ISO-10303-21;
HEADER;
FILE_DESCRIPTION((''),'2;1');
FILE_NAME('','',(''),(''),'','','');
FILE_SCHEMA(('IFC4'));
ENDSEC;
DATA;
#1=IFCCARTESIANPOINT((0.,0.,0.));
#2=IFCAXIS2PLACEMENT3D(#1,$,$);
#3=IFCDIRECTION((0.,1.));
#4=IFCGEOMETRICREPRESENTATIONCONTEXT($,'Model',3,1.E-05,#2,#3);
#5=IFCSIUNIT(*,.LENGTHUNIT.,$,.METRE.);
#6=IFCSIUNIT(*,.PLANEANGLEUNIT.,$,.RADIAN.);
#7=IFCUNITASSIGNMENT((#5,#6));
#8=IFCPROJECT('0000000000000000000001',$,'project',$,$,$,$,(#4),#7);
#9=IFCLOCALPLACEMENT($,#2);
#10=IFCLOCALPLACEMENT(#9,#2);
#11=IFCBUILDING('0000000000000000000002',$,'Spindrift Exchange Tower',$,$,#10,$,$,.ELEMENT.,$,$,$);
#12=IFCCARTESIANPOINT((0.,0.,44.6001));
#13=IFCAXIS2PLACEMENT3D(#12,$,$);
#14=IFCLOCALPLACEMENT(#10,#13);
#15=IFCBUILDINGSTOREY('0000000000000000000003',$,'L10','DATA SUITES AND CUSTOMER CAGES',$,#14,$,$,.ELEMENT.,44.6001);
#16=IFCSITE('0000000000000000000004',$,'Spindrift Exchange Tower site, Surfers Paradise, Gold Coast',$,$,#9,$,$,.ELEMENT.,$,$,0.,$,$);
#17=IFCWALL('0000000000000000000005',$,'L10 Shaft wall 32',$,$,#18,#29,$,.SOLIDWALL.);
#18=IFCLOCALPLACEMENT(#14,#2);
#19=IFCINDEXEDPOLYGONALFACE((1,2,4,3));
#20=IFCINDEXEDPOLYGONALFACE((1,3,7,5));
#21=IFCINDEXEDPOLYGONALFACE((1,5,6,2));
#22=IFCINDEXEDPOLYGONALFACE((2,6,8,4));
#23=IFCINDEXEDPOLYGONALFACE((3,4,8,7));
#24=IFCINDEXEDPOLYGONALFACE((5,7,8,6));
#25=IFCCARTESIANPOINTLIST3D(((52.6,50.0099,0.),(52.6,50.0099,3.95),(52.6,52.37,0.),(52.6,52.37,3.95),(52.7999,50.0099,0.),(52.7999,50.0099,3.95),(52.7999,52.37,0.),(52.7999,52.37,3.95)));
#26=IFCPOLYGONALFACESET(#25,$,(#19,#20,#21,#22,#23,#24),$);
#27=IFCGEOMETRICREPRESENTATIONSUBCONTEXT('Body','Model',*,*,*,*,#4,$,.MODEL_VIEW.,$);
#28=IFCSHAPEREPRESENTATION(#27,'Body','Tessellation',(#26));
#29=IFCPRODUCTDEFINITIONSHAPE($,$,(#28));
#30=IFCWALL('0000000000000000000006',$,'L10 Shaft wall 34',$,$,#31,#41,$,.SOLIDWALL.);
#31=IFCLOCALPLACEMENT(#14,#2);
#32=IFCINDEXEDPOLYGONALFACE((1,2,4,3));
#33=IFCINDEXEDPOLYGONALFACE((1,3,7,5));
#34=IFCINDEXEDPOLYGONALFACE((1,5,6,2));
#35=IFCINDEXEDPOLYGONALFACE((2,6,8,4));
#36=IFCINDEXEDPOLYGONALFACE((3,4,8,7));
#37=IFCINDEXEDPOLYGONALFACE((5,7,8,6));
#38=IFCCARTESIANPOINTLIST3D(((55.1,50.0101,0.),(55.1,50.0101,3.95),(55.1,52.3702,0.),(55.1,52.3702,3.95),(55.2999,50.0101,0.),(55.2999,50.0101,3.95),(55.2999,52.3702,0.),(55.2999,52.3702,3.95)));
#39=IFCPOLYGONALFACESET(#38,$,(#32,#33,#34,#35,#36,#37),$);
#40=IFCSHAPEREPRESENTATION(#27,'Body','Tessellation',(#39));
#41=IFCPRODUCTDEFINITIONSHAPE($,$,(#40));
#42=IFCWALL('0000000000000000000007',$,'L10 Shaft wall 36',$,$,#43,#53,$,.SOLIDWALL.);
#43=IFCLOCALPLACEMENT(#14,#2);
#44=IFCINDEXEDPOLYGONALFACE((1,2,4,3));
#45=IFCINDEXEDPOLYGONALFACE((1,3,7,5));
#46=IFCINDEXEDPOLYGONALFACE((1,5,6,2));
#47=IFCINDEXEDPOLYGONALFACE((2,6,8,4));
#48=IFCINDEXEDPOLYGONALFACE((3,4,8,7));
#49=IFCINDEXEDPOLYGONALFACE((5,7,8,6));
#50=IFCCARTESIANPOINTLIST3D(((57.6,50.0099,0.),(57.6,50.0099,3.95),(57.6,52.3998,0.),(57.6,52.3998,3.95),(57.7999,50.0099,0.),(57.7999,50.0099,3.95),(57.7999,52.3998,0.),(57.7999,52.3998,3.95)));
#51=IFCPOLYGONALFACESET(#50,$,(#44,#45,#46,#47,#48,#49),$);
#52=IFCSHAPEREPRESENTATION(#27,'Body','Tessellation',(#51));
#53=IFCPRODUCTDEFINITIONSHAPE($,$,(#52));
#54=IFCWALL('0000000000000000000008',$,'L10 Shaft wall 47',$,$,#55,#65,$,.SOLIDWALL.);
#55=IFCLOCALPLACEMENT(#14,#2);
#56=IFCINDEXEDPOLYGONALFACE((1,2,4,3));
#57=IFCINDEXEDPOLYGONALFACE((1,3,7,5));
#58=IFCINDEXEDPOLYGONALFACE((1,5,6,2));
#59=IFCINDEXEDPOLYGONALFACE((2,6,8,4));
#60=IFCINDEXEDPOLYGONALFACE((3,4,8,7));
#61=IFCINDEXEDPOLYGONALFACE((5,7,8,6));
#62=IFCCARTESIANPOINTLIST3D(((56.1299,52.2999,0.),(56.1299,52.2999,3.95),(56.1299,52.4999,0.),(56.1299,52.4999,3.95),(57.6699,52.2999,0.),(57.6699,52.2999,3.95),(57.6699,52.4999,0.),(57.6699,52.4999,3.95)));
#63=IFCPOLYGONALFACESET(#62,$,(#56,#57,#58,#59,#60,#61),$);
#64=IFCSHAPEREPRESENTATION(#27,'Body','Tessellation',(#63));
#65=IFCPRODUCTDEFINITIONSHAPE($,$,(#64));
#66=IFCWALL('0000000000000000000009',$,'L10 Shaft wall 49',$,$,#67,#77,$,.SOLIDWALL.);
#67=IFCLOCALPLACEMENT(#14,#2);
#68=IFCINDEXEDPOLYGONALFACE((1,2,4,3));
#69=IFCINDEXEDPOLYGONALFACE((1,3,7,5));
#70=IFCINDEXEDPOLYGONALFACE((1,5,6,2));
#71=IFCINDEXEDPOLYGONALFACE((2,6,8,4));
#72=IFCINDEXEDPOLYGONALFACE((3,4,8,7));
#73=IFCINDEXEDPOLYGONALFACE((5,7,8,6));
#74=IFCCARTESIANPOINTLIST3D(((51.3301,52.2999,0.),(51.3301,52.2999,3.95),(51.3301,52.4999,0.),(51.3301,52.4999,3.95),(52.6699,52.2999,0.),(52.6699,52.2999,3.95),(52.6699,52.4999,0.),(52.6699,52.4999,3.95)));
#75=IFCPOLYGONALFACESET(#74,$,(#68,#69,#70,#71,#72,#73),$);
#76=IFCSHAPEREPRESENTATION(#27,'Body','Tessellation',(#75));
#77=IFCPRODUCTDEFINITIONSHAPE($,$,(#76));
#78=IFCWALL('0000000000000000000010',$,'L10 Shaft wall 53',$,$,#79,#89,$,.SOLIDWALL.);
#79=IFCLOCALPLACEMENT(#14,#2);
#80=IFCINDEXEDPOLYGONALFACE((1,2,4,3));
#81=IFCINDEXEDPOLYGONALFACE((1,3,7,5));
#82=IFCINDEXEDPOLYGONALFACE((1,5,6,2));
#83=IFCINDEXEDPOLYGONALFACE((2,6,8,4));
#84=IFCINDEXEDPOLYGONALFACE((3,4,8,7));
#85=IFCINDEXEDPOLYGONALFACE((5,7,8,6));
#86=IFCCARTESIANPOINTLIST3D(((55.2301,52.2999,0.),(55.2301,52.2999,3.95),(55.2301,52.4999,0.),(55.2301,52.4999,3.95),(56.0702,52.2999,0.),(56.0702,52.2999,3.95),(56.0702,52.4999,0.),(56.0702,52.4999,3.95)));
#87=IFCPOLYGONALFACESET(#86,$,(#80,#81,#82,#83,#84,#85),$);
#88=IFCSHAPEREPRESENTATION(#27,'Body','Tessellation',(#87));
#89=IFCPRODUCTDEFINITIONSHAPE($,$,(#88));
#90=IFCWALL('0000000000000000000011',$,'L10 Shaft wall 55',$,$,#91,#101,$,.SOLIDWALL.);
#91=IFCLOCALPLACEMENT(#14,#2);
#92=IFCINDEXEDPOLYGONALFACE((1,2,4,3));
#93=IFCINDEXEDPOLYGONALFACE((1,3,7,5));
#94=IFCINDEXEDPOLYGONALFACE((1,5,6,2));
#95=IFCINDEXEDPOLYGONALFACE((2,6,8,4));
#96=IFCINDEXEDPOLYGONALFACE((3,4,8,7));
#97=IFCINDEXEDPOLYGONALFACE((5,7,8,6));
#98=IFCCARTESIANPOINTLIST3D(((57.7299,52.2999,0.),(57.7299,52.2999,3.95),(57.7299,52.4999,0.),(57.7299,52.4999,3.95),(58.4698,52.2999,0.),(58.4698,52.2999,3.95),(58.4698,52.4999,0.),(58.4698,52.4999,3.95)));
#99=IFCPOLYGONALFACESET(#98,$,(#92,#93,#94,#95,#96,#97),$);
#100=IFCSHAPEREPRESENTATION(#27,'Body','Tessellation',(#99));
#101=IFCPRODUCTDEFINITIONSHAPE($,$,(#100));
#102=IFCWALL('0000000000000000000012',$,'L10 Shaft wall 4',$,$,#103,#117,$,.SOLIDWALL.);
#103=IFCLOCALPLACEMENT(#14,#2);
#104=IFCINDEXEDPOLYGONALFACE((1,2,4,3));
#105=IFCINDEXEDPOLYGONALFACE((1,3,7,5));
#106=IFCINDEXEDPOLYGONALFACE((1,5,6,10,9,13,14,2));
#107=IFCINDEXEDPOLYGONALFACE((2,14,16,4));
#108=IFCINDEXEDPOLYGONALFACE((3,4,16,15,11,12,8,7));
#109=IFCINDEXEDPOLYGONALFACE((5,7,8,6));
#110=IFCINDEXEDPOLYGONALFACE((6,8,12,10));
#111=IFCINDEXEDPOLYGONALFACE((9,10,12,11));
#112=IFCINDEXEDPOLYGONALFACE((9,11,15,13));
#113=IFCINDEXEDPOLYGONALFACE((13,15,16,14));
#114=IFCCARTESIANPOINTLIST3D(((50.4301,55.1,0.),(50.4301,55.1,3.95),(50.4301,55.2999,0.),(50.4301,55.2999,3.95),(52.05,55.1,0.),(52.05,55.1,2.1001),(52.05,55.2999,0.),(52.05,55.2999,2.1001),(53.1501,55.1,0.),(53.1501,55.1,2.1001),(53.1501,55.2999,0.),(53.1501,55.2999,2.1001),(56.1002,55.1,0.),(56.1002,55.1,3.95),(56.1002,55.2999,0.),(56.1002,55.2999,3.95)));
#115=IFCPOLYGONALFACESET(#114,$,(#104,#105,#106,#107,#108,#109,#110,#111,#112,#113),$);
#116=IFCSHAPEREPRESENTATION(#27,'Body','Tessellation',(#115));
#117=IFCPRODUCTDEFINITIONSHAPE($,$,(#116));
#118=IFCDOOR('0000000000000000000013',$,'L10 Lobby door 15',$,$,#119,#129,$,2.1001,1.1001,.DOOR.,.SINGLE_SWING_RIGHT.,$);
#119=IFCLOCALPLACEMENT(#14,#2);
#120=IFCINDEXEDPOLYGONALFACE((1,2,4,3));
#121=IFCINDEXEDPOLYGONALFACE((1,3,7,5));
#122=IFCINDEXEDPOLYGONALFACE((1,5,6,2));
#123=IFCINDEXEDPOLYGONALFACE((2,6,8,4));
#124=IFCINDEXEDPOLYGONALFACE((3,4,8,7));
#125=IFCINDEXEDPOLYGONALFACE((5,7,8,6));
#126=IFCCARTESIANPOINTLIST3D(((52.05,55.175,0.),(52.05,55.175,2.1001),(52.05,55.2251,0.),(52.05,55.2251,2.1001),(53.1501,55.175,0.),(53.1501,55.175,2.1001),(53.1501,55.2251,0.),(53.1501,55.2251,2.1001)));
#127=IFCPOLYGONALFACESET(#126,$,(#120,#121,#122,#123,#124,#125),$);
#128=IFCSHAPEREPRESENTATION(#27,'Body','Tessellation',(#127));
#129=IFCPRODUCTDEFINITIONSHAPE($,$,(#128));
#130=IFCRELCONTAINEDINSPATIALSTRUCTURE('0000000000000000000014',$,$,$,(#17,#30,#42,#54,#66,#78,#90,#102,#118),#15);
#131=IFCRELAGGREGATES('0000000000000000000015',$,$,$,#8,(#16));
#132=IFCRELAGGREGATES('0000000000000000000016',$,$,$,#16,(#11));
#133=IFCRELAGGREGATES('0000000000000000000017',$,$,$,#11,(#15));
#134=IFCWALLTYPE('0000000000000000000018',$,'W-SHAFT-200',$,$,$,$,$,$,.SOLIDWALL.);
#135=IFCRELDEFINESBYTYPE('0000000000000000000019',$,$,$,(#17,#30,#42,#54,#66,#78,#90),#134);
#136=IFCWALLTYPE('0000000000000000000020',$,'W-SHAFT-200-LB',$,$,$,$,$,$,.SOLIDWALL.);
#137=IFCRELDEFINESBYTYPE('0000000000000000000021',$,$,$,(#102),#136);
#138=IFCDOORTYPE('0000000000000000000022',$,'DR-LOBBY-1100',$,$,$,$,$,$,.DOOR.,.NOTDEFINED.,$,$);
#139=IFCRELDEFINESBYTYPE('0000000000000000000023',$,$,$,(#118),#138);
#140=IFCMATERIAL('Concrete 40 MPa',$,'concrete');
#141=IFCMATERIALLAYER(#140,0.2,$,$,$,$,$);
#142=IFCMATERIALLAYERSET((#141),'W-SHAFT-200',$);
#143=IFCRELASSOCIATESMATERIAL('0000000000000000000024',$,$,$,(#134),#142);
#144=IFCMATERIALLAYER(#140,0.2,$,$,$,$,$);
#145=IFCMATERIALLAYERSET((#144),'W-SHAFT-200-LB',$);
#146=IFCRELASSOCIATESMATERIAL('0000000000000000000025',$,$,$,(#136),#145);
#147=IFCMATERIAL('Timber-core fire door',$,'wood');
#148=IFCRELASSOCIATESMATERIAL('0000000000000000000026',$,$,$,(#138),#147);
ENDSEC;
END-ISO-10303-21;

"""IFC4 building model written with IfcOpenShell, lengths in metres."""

from ifc_helpers import new_model, si_unit, direction, frame, frame_2d, origin, place, context, subcontext, project, spatial, rectangle, extrude, source, transform, mapped, material, layer, layer_set, type_object, element, fill, save


model = new_model("IFC4")

# Units and contexts
model_context = context("Model", 3, precision=1e-05, world=origin(), true_north=direction((0.0, 1.0)))
body_context = subcontext(model_context, "Body", "Model", "MODEL_VIEW")
ifc_project = project(units=[si_unit("LENGTHUNIT", "METRE"), si_unit("PLANEANGLEUNIT", "RADIAN")], contexts=[model_context])

# Site, building, storey
site_placement = place(None, origin())
site = spatial("IfcSite", under=ifc_project, at=site_placement, Name="Spindrift Exchange Tower site, Surfers Paradise, Gold Coast", CompositionType="ELEMENT", RefElevation=0.0)
building_placement = place(site_placement, origin())
building = spatial("IfcBuilding", under=site, at=building_placement, Name="Spindrift Exchange Tower", CompositionType="ELEMENT")
storey_placement = place(building_placement, frame((0.0, 0.0, 44.6001)))
storey = spatial("IfcBuildingStorey", under=building, at=storey_placement, Name="L10", Description="DATA SUITES AND CUSTOMER CAGES", CompositionType="ELEMENT", Elevation=44.6001)

# Shared definitions
ifc_material_1 = material(Name="Concrete 40 MPa", Category="concrete")
ifc_layer_1 = layer(ifc_material_1, 0.2)
ifc_layer_set_1 = layer_set([ifc_layer_1], Name="W-SHAFT-200")
wall_type_1 = type_object("IfcWallType", Name="W-SHAFT-200", PredefinedType="SOLIDWALL", material=ifc_layer_set_1)

# Walls
for number, where, z_axis, x_axis, name in (
    (1, (52.7, 52.3701, 0.0), (0.0, 0.0, 1.0), (0.0, -1.0, 0.0), "L10 Shaft wall 32"),
    (2, (55.2, 50.01, 0.0), (0.0, 0.0, 1.0), (0.0, 1.0, 0.0), "L10 Shaft wall 34"),
):
    element("IfcWall", number, at=place(storey_placement, frame(where, z_axis=z_axis, x_axis=x_axis)), inside=storey, type_object=wall_type_1, Name=name, PredefinedType="SOLIDWALL", context=body_context, shape_type="SweptSolid", body=[
        extrude(rectangle(XDim=2.3601, YDim=0.2, at=frame_2d((1.1802, 0.0))), origin(), (0.0, 0.0, 1.0), 3.95),
    ])
wall_1_placement = place(storey_placement, frame((57.7, 50.01, 0.0), z_axis=(0.0, 0.0, 1.0), x_axis=(0.0, 1.0, 0.0)))
element("IfcWall", 3, at=wall_1_placement, inside=storey, type_object=wall_type_1, Name="L10 Shaft wall 36", PredefinedType="SOLIDWALL", context=body_context, shape_type="SweptSolid", body=[
    extrude(rectangle(XDim=2.3899, YDim=0.2, at=frame_2d((1.1948, 0.0))), origin(), (0.0, 0.0, 1.0), 3.95),
])
wall_2_placement = place(storey_placement, frame((57.6699, 52.3999, 0.0), z_axis=(0.0, 0.0, 1.0), x_axis=(-1.0, 0.0, 0.0)))
element("IfcWall", 4, at=wall_2_placement, inside=storey, type_object=wall_type_1, Name="L10 Shaft wall 47", PredefinedType="SOLIDWALL", context=body_context, shape_type="SweptSolid", body=[
    extrude(rectangle(XDim=1.54, YDim=0.2, at=frame_2d((0.77, 0.0))), origin(), (0.0, 0.0, 1.0), 3.95),
])
wall_3_placement = place(storey_placement, frame((51.3301, 52.3999, 0.0), z_axis=(0.0, 0.0, 1.0), x_axis=(1.0, 0.0, 0.0)))
element("IfcWall", 5, at=wall_3_placement, inside=storey, type_object=wall_type_1, Name="L10 Shaft wall 49", PredefinedType="SOLIDWALL", context=body_context, shape_type="SweptSolid", body=[
    extrude(rectangle(XDim=1.3398, YDim=0.2, at=frame_2d((0.6699, 0.0))), origin(), (0.0, 0.0, 1.0), 3.95),
])
wall_4_placement = place(storey_placement, frame((56.0701, 52.3999, 0.0), z_axis=(0.0, 0.0, 1.0), x_axis=(-1.0, 0.0, 0.0)))
element("IfcWall", 6, at=wall_4_placement, inside=storey, type_object=wall_type_1, Name="L10 Shaft wall 53", PredefinedType="SOLIDWALL", context=body_context, shape_type="SweptSolid", body=[
    extrude(rectangle(XDim=0.8401, YDim=0.2, at=frame_2d((0.4199, 0.0))), origin(), (0.0, 0.0, 1.0), 3.95),
])
wall_5_placement = place(storey_placement, frame((58.47, 52.3999, 0.0), z_axis=(0.0, 0.0, 1.0), x_axis=(-1.0, 0.0, 0.0)))
element("IfcWall", 7, at=wall_5_placement, inside=storey, type_object=wall_type_1, Name="L10 Shaft wall 55", PredefinedType="SOLIDWALL", context=body_context, shape_type="SweptSolid", body=[
    extrude(rectangle(XDim=0.74, YDim=0.2, at=frame_2d((0.3701, 0.0))), origin(), (0.0, 0.0, 1.0), 3.95),
])

# Wall, opening, door
ifc_layer_2 = layer(ifc_material_1, 0.2)
ifc_layer_set_2 = layer_set([ifc_layer_2], Name="W-SHAFT-200-LB")
wall_type_2 = type_object("IfcWallType", Name="W-SHAFT-200-LB", PredefinedType="SOLIDWALL", material=ifc_layer_set_2)
wall_6_placement = place(storey_placement, frame((56.1001, 55.2, 0.0), z_axis=(0.0, 0.0, 1.0), x_axis=(-1.0, 0.0, 0.0)))
wall_6 = element("IfcWall", 8, at=wall_6_placement, inside=storey, type_object=wall_type_2, Name="L10 Shaft wall 4", PredefinedType="SOLIDWALL", context=body_context, shape_type="SweptSolid", body=[
    extrude(rectangle(XDim=5.6702, YDim=0.2, at=frame_2d((2.835, 0.0))), origin(), (0.0, 0.0, 1.0), 3.95),
])
opening_1_placement = place(wall_6_placement, frame((2.95, 0.0, 0.0)))
opening_1 = element("IfcOpeningElement", 9, at=opening_1_placement, cuts=wall_6, PredefinedType="OPENING", context=body_context, shape_type="SweptSolid", body=[
    extrude(rectangle(XDim=1.1001, YDim=2.1001, at=frame_2d((0.55, 1.05))), frame((0.0, 0.1099, 0.0), z_axis=(0.0, -1.0, 0.0), x_axis=(1.0, 0.0, 0.0)), (0.0, 0.0, 1.0), 0.22),
])
ifc_material_2 = material(Name="Timber-core fire door", Category="wood")
door_type_1 = type_object("IfcDoorType", Name="DR-LOBBY-1100", OperationType="NOTDEFINED", PredefinedType="DOOR", material=ifc_material_2)
shared_shape_1 = source(origin(), body_context, "Body", "SweptSolid", [
    extrude(rectangle(XDim=1.1001, YDim=2.1001, at=frame_2d((0.55, 1.05))), frame((0.0, 0.0249, 0.0), z_axis=(0.0, -1.0, 0.0), x_axis=(1.0, 0.0, 0.0)), (0.0, 0.0, 1.0), 0.05),
])
door_1_placement = place(opening_1_placement, origin())
door_1 = element("IfcDoor", 10, at=door_1_placement, inside=storey, type_object=door_type_1, Name="L10 Lobby door 15", OperationType="SINGLE_SWING_RIGHT", OverallHeight=2.1001, OverallWidth=1.1001, PredefinedType="DOOR", context=body_context, shape_type="MappedRepresentation", body=[
    mapped(shared_shape_1, transform((0.0, 0.0, 0.0), scale=1.0)),
])
fill(opening_1, door_1)

save(model, "model.ifc")
